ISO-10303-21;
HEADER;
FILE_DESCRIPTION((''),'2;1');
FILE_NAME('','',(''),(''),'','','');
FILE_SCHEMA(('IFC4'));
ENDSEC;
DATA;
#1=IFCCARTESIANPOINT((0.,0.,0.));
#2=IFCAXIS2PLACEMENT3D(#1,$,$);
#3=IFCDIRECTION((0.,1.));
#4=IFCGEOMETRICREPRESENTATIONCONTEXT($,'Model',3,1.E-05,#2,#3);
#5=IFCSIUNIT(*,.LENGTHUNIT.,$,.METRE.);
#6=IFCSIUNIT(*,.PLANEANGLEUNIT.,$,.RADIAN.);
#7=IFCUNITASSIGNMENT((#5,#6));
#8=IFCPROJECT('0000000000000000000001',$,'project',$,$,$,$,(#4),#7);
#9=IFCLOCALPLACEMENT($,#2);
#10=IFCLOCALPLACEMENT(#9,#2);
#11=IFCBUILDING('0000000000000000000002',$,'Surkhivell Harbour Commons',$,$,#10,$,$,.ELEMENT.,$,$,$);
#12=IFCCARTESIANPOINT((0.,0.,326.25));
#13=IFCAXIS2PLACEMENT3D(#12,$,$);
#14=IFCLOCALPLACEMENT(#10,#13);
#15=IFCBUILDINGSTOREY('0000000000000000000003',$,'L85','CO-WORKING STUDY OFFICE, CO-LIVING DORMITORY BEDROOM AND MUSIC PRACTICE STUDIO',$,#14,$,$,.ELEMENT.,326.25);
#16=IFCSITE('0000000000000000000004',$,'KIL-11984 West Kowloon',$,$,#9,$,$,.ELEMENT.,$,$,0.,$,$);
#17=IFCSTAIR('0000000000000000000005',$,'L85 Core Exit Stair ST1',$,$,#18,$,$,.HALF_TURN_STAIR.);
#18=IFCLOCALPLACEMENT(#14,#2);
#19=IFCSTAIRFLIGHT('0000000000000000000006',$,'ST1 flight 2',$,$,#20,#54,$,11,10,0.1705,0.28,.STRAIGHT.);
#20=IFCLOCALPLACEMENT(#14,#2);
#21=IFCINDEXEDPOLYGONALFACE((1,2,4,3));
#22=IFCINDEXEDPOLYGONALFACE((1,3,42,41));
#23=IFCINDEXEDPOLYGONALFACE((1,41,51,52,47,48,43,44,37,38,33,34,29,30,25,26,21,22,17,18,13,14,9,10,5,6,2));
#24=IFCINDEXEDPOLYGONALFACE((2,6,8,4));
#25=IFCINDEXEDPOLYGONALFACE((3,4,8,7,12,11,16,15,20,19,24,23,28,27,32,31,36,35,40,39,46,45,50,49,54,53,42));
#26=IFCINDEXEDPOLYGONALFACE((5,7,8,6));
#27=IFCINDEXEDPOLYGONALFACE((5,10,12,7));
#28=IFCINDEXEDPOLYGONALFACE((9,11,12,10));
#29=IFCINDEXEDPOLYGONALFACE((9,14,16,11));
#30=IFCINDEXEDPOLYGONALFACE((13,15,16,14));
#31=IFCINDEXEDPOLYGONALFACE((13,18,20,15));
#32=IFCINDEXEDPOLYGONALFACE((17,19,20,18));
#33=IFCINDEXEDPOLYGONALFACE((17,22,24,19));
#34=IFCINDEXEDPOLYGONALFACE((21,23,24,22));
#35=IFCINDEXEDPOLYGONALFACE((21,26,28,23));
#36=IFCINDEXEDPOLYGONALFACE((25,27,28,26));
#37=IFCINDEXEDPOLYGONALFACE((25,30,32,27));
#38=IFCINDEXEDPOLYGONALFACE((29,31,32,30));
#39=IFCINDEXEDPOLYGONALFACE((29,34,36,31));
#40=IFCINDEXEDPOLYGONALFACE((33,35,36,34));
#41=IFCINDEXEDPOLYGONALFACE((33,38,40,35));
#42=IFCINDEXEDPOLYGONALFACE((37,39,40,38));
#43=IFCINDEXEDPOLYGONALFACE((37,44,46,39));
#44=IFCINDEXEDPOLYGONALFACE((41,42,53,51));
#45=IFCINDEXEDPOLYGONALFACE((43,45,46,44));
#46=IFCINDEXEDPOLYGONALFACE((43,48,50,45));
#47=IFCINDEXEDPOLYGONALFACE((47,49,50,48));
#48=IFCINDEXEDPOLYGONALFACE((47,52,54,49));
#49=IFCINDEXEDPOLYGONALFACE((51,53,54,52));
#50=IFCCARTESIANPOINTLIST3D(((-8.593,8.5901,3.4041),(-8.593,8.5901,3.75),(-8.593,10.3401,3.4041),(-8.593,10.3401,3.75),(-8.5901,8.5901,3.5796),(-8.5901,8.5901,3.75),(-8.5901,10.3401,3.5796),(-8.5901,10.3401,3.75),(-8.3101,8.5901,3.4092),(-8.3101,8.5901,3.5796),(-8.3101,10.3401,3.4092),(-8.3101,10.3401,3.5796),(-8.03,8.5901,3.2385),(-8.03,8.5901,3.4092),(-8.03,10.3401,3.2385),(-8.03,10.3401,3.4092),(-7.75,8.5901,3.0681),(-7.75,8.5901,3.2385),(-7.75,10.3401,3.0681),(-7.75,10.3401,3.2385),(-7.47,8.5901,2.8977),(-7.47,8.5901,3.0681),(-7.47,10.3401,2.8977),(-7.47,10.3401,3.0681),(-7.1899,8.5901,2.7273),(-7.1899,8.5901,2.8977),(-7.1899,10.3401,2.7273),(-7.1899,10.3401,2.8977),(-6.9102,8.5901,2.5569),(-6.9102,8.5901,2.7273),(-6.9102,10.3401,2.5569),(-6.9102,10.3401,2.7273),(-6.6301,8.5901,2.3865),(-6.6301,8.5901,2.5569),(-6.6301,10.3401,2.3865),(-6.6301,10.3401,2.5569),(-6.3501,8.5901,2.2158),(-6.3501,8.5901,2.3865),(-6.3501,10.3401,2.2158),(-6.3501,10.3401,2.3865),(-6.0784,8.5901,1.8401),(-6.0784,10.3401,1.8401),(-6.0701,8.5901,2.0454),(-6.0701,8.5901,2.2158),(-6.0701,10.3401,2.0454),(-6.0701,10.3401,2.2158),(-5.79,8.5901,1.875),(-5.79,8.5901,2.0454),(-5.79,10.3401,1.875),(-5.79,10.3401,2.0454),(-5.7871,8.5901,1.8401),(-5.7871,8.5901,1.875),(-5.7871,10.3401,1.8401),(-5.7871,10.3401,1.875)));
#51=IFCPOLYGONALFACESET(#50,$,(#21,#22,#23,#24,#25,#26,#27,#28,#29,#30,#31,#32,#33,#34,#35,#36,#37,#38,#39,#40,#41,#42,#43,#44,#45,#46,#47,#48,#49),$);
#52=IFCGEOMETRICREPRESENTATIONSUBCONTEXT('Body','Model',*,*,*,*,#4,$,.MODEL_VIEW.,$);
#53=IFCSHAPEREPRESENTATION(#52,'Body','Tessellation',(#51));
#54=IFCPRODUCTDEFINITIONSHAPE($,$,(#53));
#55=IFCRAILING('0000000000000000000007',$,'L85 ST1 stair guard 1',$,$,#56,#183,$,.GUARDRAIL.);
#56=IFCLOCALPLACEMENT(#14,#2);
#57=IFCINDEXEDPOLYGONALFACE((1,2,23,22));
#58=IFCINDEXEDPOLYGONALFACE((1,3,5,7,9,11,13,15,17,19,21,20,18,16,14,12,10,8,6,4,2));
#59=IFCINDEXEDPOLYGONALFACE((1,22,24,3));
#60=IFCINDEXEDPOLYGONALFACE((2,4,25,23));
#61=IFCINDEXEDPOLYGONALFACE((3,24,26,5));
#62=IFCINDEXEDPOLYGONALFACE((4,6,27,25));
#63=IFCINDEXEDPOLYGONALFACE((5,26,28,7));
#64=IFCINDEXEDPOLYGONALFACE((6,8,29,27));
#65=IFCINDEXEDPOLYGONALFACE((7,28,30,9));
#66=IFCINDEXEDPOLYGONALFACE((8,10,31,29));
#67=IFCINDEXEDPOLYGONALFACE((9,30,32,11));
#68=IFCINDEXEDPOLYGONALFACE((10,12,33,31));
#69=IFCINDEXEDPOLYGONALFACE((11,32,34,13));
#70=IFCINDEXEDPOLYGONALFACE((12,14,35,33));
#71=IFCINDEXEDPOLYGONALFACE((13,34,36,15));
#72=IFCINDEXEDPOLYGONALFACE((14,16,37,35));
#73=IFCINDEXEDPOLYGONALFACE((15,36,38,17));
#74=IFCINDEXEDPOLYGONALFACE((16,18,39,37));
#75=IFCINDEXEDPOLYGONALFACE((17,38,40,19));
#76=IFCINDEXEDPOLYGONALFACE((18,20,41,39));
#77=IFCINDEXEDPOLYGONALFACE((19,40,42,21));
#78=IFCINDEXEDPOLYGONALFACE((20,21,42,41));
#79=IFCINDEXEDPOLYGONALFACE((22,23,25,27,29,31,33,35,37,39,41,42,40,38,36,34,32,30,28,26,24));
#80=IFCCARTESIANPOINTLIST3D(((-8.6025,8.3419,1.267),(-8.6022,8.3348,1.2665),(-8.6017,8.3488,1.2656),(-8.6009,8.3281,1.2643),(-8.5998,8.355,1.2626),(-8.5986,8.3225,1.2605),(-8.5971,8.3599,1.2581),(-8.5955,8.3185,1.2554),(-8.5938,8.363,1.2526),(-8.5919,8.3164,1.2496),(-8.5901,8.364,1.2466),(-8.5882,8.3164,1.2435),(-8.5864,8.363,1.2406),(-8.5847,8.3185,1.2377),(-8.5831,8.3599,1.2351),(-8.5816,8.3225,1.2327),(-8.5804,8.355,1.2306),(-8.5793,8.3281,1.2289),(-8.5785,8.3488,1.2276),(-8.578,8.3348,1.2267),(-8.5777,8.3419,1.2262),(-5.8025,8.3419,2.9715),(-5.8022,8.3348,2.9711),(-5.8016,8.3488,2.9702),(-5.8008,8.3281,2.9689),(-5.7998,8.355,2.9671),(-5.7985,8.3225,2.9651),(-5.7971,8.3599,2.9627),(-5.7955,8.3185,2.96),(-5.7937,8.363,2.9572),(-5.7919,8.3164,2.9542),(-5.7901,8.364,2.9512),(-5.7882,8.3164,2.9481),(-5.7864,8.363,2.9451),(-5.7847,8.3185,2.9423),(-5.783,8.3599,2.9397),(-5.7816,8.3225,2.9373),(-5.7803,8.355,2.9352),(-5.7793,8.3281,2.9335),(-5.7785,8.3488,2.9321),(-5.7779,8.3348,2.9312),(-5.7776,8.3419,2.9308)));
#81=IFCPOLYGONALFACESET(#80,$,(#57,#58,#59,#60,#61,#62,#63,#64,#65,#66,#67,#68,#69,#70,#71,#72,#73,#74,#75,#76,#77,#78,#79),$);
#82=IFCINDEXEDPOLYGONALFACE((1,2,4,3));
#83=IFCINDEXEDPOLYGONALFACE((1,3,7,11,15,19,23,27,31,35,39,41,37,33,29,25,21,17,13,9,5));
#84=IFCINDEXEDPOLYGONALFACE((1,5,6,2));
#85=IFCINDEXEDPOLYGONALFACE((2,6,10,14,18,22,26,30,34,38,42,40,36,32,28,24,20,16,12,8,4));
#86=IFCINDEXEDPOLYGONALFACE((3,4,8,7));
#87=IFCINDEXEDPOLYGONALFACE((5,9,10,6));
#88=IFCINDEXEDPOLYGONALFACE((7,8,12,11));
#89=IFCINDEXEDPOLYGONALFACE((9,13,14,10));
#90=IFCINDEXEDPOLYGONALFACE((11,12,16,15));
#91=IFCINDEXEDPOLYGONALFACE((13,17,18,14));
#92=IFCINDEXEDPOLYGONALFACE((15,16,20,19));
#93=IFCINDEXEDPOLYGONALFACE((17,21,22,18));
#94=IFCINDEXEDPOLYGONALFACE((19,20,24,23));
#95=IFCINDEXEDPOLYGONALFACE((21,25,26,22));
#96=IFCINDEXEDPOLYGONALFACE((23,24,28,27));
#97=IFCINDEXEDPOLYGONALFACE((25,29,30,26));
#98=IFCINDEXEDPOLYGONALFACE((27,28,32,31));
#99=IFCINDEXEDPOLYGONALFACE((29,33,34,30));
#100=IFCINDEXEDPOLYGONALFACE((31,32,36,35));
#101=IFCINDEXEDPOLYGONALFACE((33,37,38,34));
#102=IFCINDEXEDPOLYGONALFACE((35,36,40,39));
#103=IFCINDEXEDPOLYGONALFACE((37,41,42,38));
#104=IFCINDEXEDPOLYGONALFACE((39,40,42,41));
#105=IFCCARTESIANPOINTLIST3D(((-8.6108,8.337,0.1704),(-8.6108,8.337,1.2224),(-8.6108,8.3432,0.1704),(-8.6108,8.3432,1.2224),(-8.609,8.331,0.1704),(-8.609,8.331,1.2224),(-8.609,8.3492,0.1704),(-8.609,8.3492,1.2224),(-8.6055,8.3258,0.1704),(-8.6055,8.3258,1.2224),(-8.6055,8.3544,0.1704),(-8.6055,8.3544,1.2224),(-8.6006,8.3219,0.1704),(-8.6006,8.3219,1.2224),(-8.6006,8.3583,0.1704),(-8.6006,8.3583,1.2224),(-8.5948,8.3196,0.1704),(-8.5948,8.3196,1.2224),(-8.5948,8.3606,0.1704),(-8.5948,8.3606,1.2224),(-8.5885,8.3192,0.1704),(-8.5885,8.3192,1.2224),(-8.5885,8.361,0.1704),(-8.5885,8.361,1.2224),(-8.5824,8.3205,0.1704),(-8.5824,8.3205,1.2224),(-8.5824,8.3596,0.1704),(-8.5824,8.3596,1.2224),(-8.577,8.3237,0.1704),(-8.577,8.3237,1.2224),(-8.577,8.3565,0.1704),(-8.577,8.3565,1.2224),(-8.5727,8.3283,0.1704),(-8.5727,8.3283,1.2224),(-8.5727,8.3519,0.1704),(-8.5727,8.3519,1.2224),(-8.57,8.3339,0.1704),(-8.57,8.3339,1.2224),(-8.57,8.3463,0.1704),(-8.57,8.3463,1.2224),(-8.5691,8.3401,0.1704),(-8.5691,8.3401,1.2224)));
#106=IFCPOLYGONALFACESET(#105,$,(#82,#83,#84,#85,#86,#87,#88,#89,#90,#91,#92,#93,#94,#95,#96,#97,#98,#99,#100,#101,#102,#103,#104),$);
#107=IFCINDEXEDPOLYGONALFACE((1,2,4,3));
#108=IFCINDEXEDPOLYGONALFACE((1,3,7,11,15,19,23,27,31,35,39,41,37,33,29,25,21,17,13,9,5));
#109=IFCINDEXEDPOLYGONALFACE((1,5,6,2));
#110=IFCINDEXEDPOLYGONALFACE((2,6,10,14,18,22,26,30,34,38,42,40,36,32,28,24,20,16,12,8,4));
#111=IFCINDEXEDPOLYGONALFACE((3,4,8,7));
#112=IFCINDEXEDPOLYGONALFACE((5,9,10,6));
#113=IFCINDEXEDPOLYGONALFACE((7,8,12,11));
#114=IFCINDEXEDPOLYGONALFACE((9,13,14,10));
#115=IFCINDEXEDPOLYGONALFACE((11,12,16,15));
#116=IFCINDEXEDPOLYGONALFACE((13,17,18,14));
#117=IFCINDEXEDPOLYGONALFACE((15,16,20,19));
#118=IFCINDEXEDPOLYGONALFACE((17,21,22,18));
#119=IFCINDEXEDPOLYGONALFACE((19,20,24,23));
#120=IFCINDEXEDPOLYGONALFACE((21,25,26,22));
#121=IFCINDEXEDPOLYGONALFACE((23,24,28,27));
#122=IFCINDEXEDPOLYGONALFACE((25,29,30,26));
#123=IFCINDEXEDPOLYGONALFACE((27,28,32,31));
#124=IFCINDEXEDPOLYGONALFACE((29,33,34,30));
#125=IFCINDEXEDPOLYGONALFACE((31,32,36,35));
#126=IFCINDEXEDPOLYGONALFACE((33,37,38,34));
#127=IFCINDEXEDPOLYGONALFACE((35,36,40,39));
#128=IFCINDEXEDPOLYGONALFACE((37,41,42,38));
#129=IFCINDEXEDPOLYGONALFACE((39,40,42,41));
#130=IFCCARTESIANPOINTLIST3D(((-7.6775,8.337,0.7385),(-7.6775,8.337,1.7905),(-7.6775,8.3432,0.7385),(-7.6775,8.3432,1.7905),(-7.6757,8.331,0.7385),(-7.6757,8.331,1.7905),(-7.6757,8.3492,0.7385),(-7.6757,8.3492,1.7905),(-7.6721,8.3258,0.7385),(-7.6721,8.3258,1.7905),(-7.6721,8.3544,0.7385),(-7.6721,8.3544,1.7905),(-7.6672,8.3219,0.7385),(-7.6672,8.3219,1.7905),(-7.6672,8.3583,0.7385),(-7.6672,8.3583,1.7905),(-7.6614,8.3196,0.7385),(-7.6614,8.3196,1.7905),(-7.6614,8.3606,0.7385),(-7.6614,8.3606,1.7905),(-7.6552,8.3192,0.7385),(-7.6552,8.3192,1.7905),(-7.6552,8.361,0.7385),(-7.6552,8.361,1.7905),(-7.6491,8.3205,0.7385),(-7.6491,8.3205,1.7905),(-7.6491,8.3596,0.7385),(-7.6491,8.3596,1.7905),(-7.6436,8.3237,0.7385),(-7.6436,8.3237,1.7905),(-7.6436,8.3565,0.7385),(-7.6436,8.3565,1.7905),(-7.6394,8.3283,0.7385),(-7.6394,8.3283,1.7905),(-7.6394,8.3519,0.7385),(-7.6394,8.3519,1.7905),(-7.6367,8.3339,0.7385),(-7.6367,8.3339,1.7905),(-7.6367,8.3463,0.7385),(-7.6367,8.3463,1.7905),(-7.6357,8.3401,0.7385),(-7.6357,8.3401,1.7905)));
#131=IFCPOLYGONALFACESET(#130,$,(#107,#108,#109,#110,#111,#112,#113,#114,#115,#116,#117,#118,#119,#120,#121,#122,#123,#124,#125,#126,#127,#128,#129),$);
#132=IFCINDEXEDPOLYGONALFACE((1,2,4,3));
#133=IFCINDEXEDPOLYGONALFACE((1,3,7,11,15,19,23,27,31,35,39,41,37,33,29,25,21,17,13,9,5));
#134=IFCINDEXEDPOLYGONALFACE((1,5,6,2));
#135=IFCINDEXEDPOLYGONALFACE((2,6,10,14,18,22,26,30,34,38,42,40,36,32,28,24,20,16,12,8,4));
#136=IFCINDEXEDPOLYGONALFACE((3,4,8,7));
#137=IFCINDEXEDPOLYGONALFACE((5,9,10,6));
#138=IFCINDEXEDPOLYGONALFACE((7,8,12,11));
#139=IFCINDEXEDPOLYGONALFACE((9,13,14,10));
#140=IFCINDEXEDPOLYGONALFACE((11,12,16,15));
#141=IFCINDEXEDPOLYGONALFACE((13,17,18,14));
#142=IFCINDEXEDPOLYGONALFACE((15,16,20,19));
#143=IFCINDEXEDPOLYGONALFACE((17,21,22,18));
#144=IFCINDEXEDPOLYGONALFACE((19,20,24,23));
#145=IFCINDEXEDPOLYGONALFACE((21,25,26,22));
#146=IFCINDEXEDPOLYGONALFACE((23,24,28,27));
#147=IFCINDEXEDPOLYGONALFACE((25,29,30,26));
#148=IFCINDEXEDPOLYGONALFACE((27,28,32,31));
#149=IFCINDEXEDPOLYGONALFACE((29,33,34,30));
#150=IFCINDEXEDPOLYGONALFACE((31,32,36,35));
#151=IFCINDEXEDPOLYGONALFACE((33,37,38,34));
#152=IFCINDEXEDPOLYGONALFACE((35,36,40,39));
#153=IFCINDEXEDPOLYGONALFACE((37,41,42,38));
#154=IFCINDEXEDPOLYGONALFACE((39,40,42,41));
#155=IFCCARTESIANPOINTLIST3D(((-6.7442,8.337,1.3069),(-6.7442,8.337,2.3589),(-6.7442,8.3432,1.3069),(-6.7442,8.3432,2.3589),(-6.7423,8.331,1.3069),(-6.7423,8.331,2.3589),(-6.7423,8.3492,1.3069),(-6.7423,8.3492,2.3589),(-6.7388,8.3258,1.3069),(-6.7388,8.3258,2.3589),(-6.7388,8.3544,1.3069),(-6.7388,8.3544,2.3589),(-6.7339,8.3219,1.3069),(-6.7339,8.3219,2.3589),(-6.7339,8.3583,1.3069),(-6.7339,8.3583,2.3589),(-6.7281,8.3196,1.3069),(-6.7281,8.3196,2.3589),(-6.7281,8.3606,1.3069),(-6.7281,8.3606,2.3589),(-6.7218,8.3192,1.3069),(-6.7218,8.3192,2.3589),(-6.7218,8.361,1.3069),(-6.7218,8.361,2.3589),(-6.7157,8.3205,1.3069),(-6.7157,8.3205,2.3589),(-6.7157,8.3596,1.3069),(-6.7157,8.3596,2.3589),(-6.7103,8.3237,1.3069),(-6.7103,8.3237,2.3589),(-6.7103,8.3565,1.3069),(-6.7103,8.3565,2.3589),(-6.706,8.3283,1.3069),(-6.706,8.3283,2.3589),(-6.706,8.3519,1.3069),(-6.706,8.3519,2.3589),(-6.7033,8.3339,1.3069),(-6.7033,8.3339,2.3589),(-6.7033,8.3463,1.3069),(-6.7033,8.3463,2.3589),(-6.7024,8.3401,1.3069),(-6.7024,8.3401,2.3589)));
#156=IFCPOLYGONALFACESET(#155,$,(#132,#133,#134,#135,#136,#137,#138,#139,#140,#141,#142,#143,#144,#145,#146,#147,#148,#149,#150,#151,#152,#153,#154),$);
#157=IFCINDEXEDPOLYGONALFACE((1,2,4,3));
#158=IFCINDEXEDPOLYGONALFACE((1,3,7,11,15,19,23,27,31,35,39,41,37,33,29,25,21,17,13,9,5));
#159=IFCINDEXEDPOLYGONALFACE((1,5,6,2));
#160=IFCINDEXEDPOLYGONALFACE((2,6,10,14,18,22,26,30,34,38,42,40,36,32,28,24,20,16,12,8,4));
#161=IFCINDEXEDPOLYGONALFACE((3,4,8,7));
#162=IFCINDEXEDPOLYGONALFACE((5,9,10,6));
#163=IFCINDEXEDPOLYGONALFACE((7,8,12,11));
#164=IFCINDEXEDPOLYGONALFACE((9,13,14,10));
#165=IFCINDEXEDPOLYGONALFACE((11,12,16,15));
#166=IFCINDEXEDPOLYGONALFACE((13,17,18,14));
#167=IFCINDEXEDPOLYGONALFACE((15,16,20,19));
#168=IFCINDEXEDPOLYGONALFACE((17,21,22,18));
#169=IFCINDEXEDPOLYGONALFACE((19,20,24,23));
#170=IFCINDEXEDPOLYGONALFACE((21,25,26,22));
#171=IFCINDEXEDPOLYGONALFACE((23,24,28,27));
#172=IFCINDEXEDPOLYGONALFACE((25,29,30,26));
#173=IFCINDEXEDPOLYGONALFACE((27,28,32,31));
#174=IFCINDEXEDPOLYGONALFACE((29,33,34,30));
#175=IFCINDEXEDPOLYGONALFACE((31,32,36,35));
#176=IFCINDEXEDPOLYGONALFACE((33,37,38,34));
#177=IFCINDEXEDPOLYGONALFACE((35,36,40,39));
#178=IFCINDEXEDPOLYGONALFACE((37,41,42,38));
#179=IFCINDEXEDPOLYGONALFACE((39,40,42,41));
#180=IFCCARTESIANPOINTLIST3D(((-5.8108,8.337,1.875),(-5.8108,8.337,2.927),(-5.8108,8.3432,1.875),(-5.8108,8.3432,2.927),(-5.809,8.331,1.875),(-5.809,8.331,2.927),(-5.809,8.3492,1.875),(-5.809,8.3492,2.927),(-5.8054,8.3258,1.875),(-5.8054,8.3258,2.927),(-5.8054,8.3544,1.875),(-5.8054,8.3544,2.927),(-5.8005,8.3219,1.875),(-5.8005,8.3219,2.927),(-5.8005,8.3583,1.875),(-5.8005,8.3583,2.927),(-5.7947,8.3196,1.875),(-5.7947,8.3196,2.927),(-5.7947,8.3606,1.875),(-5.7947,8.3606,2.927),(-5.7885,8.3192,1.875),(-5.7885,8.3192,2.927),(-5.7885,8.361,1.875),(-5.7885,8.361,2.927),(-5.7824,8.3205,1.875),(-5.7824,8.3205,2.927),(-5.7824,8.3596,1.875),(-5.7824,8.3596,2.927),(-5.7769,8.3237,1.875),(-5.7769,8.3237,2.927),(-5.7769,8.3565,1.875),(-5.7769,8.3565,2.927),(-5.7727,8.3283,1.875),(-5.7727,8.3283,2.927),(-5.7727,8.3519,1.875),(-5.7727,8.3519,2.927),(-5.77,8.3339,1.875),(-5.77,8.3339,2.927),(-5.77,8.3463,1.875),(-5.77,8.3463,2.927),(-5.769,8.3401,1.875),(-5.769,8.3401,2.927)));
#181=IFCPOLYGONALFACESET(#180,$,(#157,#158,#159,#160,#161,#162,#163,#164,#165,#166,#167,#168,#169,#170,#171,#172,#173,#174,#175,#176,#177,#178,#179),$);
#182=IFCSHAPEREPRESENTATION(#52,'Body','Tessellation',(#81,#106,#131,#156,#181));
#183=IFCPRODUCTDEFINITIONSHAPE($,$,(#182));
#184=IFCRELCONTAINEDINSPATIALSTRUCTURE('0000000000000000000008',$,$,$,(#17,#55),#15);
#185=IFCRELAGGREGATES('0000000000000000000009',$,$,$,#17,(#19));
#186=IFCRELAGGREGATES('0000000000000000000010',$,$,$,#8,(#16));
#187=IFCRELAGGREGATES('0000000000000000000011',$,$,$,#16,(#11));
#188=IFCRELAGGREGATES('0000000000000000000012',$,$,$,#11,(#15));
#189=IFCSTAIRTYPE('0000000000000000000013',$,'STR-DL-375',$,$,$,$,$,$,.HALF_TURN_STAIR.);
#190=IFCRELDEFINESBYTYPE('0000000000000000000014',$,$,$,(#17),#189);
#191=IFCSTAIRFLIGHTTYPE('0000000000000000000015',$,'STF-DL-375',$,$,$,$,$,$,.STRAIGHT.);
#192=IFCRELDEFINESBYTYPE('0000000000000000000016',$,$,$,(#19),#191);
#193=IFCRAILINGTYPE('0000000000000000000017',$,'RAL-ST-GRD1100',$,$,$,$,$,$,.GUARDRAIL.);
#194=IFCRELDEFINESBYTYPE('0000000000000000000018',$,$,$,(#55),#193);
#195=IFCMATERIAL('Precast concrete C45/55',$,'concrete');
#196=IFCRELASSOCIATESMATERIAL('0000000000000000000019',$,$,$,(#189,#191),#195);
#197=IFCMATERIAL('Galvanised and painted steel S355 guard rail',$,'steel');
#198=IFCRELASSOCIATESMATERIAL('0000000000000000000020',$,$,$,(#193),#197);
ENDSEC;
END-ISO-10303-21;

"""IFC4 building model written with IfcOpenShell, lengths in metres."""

from ifc_helpers import new_model, si_unit, direction, frame, origin, origin_2d, place, context, subcontext, project, spatial, polyline, circle, outline, extrude, material, type_object, element, aggregate, save


model = new_model("IFC4")

# Units and contexts
model_context = context("Model", 3, precision=1e-05, world=origin(), true_north=direction((0.0, 1.0)))
body_context = subcontext(model_context, "Body", "Model", "MODEL_VIEW")
ifc_project = project(units=[si_unit("LENGTHUNIT", "METRE"), si_unit("PLANEANGLEUNIT", "RADIAN")], contexts=[model_context])

# Site, building, storey
site_placement = place(None, origin())
site = spatial("IfcSite", under=ifc_project, at=site_placement, Name="KIL-11984 West Kowloon", CompositionType="ELEMENT", RefElevation=0.0)
building_placement = place(site_placement, origin())
building = spatial("IfcBuilding", under=site, at=building_placement, Name="Surkhivell Harbour Commons", CompositionType="ELEMENT")
storey_placement = place(building_placement, frame((0.0, 0.0, 326.25)))
storey = spatial("IfcBuildingStorey", under=building, at=storey_placement, Name="L85", Description="CO-WORKING STUDY OFFICE, CO-LIVING DORMITORY BEDROOM AND MUSIC PRACTICE STUDIO", CompositionType="ELEMENT", Elevation=326.25)

# Stair, stair flight
ifc_material_1 = material(Name="Precast concrete C45/55", Category="concrete")
stair_type = type_object("IfcStairType", Name="STR-DL-375", PredefinedType="HALF_TURN_STAIR", material=ifc_material_1)
stair_placement = place(storey_placement, origin())
stair = element("IfcStair", 1, at=stair_placement, inside=storey, type_object=stair_type, Name="L85 Core Exit Stair ST1", PredefinedType="HALF_TURN_STAIR")
stair_flight_type = type_object("IfcStairFlightType", Name="STF-DL-375", PredefinedType="STRAIGHT", material=ifc_material_1)
stair_flight_1_placement = place(storey_placement, frame((-5.79, 9.4651, 1.875), z_axis=(0.0, 0.0, 1.0), x_axis=(-1.0, 0.0, 0.0)))
stair_flight_1 = element("IfcStairFlight", 2, at=stair_flight_1_placement, type_object=stair_flight_type, Name="ST1 flight 2", NumberOfRisers=11, NumberOfTreads=10, PredefinedType="STRAIGHT", RiserHeight=0.1705, TreadLength=0.28, context=body_context, shape_type="SweptSolid", body=[
    extrude(outline(polyline([(-0.0029, -0.0349), (-0.0029, 0.0), (0.0, 0.0), (0.0, 0.1704), (0.28, 0.1704), (0.28, 0.3408), (0.5601, 0.3408), (0.5601, 0.5115), (0.8401, 0.5115), (0.8401, 0.6819), (1.1201, 0.6819), (1.1201, 0.8523), (1.3999, 0.8523), (1.3999, 1.0227), (1.6799, 1.0227), (1.6799, 1.1931), (1.96, 1.1931), (1.96, 1.3635), (2.24, 1.3635), (2.24, 1.5342), (2.52, 1.5342), (2.52, 1.7046), (2.8, 1.7046), (2.8, 1.875), (2.803, 1.875), (2.803, 1.5291), (0.2883, -0.0349), (-0.0029, -0.0349)])), frame((0.0, 0.875, 0.0), z_axis=(0.0, -1.0, 0.0), x_axis=(1.0, 0.0, 0.0)), (0.0, 0.0, 1.0), 1.75),
])
aggregate(stair, [stair_flight_1])

# Railing
ifc_material_2 = material(Name="Galvanised and painted steel S355 guard rail", Category="steel")
railing_type_1 = type_object("IfcRailingType", Name="RAL-ST-GRD1100", PredefinedType="GUARDRAIL", material=ifc_material_2)
railing_1_placement = place(storey_placement, frame((-8.5901, 8.3401, 0.1704)))
element("IfcRailing", 3, at=railing_1_placement, inside=storey, type_object=railing_type_1, Name="L85 ST1 stair guard 1", PredefinedType="GUARDRAIL", context=body_context, shape_type="SweptSolid", body=[
    extrude(circle(Radius=0.0239, at=origin_2d()), frame((0.0, 0.0, 1.0762), z_axis=(0.85417, 0.0, 0.519994), x_axis=(0.0, 1.0, 0.0)), (0.0, 0.0, 1.0), 3.2781),
    extrude(circle(Radius=0.021, at=origin_2d()), origin(), (0.0, 0.0, 1.0), 1.052),
    extrude(circle(Radius=0.021, at=origin_2d()), frame((0.9333, 0.0, 0.5681)), (0.0, 0.0, 1.0), 1.052),
    extrude(circle(Radius=0.021, at=origin_2d()), frame((1.8667, 0.0, 1.1365)), (0.0, 0.0, 1.0), 1.052),
    extrude(circle(Radius=0.021, at=origin_2d()), frame((2.8, 0.0, 1.7046)), (0.0, 0.0, 1.0), 1.052),
])

save(model, "model.ifc")
